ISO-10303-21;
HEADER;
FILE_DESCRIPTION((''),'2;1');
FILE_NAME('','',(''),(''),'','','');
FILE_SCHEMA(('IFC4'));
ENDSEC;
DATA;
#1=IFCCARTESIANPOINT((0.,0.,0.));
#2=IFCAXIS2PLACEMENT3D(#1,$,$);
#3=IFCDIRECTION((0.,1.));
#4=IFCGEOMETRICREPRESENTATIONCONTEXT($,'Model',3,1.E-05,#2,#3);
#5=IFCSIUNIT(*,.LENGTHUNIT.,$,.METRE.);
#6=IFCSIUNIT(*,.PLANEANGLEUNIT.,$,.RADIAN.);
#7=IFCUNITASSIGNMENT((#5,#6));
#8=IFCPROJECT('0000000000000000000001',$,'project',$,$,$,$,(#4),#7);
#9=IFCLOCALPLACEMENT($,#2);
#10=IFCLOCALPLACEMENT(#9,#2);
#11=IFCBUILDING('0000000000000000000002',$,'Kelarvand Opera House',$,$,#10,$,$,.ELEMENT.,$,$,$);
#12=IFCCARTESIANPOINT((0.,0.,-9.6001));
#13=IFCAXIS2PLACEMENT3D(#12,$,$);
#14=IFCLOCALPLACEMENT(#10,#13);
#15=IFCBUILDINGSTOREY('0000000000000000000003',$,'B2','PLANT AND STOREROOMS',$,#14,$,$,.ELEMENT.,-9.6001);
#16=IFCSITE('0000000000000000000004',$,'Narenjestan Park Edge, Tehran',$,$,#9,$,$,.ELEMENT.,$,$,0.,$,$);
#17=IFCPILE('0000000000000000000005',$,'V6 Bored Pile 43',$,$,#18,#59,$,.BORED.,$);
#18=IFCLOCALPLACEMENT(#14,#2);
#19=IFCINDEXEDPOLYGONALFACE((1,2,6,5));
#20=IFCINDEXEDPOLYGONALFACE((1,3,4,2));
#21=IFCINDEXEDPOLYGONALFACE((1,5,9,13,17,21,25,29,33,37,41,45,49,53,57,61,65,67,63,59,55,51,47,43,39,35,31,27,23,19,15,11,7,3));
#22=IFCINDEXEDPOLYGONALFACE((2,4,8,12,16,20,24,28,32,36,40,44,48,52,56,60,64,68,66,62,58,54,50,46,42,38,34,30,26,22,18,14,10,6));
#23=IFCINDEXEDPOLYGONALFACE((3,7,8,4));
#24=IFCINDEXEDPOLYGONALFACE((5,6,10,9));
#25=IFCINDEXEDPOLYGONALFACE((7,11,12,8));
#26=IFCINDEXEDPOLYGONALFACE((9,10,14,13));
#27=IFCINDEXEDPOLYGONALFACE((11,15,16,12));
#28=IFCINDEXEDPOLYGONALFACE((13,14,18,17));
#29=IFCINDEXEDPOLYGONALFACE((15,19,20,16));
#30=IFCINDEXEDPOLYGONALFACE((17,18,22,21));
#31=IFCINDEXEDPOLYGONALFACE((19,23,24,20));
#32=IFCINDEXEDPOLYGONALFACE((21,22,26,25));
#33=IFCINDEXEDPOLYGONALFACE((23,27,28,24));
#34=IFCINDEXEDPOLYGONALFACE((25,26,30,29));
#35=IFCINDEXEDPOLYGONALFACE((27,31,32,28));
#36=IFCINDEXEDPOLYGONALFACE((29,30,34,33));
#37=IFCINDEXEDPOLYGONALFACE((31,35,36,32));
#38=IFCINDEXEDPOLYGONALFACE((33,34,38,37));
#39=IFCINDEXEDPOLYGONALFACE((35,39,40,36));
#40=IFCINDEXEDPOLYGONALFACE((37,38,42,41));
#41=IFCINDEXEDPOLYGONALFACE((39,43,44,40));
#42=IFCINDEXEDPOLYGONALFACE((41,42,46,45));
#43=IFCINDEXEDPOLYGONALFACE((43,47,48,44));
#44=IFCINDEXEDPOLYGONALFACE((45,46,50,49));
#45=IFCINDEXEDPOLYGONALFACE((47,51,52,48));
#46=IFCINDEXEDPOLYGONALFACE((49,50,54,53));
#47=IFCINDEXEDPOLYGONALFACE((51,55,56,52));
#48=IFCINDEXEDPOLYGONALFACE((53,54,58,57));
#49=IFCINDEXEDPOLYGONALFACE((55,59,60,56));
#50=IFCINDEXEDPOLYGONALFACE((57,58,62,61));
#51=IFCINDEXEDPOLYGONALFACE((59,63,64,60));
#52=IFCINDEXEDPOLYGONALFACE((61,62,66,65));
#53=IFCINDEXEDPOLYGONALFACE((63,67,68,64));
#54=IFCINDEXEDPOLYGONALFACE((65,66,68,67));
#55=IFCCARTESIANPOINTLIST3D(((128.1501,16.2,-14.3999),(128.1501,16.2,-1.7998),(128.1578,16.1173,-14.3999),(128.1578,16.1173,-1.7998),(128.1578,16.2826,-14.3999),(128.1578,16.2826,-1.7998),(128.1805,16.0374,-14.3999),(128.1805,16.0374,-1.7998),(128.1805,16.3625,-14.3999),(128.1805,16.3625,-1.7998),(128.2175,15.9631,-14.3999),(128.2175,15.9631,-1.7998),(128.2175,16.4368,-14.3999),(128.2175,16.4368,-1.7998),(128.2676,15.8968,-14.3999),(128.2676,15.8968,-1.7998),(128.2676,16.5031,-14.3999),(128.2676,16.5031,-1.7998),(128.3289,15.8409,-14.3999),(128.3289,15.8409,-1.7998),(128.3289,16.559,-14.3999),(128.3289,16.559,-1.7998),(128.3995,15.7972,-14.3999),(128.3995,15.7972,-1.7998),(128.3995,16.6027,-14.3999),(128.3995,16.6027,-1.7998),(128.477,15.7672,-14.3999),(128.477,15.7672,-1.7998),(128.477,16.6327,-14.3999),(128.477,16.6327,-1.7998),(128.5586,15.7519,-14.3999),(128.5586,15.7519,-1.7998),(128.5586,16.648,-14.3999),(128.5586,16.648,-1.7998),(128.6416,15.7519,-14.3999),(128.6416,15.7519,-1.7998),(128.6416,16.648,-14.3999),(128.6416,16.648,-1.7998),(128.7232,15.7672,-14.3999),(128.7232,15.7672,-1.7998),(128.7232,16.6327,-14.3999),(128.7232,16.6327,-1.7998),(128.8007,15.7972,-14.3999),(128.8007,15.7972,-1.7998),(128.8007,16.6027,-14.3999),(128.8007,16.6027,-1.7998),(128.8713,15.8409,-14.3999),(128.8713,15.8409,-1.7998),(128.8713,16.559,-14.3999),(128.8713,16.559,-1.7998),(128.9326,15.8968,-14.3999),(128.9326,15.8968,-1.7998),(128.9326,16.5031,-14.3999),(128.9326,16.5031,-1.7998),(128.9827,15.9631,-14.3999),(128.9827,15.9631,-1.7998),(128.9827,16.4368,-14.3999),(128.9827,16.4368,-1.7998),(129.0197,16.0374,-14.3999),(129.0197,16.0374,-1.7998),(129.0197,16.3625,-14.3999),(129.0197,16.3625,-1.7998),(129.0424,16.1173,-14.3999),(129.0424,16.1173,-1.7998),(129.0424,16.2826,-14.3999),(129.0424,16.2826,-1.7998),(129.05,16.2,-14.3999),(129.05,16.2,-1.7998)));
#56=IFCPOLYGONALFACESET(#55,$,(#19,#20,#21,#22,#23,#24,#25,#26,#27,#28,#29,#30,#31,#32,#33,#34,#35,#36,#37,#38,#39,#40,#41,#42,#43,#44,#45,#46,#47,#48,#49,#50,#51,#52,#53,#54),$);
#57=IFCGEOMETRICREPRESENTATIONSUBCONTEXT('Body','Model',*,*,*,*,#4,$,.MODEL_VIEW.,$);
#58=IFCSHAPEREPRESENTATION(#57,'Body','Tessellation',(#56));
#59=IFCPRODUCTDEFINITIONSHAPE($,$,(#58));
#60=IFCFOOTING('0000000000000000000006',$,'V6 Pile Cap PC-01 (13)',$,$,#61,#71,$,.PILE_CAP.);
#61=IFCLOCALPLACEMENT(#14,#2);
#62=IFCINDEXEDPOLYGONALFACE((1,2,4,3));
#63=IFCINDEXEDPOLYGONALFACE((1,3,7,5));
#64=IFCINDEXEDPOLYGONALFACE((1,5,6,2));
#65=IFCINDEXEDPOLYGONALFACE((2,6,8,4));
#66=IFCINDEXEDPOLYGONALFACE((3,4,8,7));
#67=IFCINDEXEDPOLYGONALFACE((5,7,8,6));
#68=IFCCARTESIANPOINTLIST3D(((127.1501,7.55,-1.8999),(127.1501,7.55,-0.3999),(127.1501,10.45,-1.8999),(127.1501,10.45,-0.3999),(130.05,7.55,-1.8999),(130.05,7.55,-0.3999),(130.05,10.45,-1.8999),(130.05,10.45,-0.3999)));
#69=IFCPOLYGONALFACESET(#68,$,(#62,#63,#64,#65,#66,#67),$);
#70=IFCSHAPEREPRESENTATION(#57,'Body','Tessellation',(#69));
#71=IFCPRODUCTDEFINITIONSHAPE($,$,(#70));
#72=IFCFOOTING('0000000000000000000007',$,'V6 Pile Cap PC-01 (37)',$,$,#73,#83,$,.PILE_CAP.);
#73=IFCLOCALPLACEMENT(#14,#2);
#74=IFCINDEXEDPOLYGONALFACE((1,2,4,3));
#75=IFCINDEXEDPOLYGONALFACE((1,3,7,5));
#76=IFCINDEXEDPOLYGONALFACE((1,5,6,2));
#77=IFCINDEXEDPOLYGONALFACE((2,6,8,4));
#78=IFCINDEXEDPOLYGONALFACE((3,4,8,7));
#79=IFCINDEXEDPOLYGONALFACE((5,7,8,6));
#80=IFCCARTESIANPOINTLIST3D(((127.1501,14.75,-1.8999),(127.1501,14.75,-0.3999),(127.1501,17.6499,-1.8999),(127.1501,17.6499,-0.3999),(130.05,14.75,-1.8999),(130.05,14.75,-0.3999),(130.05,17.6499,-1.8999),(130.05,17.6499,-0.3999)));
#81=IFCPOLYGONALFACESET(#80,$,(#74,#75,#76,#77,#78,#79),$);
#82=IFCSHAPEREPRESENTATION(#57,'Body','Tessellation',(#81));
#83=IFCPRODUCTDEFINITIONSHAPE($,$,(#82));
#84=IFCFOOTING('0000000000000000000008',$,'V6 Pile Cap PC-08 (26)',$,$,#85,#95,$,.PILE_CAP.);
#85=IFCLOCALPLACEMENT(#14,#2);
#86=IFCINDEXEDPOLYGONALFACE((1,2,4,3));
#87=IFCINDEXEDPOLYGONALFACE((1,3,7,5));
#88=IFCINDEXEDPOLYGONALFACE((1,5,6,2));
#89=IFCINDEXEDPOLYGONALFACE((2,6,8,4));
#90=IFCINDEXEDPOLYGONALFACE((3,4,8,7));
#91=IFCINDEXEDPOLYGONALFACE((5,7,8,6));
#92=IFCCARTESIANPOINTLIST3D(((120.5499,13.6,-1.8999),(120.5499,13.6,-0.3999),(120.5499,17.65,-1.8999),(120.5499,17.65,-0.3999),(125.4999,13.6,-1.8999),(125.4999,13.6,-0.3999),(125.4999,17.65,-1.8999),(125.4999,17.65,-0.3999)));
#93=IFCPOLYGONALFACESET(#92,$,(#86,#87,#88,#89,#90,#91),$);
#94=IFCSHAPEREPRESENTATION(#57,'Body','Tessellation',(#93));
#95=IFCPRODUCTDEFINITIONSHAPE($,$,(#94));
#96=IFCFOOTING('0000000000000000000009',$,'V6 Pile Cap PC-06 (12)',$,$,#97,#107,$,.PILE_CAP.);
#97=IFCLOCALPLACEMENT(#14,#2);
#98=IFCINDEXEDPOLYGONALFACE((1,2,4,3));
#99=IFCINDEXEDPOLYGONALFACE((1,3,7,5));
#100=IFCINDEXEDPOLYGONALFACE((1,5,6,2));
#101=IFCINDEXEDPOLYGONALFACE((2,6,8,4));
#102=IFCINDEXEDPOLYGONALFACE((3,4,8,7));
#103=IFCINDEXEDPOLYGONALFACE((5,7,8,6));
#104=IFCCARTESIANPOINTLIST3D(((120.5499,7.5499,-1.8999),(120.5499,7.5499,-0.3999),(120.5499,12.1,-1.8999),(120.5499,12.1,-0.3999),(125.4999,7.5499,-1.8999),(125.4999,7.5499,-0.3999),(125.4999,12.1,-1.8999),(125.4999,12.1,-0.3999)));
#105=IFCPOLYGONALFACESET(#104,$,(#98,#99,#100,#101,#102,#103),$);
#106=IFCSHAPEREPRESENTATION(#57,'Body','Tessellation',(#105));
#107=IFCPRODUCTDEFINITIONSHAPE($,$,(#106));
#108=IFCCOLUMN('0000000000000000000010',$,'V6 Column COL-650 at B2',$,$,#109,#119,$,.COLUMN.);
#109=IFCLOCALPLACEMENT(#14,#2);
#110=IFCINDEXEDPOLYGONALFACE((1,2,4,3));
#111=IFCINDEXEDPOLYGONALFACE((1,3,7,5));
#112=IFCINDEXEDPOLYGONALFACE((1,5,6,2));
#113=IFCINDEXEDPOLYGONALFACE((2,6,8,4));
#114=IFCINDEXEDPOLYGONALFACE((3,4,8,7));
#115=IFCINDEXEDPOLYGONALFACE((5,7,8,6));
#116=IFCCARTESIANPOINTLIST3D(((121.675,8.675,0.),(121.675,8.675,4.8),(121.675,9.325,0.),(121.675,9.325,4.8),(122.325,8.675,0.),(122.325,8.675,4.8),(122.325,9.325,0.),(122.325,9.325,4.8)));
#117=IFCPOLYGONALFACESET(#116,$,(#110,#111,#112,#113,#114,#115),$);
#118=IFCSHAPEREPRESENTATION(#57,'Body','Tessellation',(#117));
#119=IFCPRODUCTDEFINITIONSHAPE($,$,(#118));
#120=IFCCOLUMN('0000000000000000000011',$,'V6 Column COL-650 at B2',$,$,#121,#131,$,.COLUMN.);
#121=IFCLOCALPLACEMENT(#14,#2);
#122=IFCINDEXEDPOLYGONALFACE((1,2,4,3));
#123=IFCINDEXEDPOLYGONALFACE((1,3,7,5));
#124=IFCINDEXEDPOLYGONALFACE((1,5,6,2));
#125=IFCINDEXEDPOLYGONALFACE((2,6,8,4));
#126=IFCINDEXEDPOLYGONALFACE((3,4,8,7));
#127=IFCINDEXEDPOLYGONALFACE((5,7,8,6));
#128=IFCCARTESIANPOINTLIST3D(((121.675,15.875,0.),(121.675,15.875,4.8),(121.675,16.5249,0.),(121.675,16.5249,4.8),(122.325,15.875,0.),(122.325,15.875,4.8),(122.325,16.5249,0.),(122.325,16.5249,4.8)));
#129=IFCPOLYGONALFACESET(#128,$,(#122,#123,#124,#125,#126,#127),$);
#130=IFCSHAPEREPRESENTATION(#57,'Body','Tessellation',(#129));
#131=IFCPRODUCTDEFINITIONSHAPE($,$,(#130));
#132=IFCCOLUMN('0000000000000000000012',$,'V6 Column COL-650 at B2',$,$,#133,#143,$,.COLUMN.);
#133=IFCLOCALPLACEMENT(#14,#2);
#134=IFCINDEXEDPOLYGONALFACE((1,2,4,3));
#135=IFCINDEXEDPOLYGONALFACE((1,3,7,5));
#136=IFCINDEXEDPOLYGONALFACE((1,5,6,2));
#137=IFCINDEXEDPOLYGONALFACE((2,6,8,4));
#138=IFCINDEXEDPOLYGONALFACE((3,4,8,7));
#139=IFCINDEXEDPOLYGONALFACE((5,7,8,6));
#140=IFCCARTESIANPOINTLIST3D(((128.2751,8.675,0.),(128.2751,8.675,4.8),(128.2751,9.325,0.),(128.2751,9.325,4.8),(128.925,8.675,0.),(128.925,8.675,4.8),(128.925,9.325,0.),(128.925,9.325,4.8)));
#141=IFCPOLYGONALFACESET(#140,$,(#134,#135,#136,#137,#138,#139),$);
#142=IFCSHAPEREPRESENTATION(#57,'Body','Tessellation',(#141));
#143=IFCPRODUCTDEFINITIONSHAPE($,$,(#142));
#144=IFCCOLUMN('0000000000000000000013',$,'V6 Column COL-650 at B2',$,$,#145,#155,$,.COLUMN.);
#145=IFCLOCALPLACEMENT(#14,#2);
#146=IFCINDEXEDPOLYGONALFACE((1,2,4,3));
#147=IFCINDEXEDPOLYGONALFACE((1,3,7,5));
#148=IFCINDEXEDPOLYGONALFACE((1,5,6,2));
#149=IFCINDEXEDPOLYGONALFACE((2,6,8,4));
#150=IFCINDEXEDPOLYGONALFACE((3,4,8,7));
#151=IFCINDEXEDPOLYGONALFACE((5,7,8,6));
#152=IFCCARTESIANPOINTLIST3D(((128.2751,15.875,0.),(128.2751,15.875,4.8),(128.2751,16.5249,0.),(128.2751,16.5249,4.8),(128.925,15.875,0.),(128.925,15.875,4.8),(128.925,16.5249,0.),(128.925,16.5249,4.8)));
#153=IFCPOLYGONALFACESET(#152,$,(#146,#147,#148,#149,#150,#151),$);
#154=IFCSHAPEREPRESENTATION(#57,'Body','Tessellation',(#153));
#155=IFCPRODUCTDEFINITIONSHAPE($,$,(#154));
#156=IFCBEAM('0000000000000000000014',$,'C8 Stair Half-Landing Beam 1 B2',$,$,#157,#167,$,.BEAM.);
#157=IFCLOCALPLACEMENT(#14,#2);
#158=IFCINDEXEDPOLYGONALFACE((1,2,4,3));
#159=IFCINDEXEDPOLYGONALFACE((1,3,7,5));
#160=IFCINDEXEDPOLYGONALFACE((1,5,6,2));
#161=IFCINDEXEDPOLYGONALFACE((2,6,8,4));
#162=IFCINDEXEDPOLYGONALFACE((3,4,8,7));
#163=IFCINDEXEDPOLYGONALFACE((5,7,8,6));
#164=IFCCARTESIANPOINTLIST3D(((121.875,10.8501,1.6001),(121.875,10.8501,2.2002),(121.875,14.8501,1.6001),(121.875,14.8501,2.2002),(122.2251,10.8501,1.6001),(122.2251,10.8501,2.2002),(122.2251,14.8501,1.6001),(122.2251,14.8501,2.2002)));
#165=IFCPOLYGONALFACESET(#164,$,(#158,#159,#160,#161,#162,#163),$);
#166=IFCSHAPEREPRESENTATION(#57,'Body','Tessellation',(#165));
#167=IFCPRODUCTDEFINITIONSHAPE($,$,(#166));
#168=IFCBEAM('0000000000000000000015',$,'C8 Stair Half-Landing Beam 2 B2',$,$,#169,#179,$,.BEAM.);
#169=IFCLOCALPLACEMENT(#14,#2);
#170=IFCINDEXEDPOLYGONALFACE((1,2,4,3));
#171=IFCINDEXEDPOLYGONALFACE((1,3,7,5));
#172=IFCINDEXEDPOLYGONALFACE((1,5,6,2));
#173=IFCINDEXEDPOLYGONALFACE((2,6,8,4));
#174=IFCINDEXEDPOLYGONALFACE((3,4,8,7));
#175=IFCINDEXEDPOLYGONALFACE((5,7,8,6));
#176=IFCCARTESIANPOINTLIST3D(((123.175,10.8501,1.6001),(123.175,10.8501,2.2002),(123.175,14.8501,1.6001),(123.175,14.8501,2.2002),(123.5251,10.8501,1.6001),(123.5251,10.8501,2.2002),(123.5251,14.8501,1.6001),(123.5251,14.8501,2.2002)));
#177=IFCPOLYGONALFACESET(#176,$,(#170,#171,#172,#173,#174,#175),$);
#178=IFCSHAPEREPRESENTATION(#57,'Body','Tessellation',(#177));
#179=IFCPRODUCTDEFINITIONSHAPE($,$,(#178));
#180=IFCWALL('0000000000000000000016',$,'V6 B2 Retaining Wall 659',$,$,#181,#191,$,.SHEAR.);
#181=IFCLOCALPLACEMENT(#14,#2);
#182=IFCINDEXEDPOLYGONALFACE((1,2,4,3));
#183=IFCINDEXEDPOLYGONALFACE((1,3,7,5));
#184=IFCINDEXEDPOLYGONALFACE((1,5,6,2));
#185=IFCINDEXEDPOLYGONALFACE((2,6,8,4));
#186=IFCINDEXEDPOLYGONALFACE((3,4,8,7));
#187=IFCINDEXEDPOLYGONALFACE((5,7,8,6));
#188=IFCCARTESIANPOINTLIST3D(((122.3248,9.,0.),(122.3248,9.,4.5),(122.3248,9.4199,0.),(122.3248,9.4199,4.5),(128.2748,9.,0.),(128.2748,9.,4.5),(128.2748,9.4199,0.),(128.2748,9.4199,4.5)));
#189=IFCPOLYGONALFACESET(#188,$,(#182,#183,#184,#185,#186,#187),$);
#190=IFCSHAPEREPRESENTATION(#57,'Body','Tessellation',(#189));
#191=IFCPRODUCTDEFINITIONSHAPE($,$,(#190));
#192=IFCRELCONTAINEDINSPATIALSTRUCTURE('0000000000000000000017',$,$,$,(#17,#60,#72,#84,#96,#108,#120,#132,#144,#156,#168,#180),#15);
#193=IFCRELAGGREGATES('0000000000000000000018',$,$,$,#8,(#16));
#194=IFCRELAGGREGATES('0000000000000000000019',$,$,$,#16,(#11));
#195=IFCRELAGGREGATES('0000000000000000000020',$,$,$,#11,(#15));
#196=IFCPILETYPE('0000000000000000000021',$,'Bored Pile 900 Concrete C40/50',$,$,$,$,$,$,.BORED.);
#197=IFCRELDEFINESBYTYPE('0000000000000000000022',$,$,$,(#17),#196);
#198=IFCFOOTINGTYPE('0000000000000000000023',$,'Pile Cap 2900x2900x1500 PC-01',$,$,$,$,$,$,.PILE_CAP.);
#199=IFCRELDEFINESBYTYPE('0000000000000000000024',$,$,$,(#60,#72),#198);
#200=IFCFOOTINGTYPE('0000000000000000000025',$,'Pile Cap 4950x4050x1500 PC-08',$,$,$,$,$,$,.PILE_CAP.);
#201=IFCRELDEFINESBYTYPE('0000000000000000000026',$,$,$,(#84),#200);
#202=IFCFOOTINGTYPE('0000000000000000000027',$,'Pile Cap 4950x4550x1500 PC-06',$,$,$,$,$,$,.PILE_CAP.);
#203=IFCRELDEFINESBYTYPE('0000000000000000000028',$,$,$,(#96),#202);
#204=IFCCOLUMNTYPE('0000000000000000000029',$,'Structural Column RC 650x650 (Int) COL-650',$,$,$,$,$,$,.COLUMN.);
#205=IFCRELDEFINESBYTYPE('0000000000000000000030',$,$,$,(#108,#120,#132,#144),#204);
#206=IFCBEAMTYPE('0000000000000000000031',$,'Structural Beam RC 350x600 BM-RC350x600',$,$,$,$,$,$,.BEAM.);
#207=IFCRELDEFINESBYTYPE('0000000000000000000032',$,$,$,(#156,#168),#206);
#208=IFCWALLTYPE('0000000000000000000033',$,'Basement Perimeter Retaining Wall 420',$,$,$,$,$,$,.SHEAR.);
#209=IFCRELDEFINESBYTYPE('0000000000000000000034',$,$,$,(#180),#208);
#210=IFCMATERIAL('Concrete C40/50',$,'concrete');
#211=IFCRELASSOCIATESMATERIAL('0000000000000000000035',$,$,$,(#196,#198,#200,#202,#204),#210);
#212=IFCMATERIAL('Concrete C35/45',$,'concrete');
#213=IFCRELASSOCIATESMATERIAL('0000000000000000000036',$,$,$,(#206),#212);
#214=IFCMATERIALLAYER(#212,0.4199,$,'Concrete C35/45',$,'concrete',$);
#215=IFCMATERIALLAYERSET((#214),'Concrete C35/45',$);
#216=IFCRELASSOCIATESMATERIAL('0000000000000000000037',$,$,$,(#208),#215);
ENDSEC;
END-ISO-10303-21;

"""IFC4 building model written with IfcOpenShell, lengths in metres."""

from ifc_helpers import new_model, si_unit, direction, frame, frame_2d, origin, origin_2d, place, context, subcontext, project, spatial, rectangle, circle, extrude, material, layer, layer_set, material_profile, profile_set, type_object, element, save


model = new_model("IFC4")

# Units and contexts
model_context = context("Model", 3, precision=1e-05, world=origin(), true_north=direction((0.0, 1.0)))
body_context = subcontext(model_context, "Body", "Model", "MODEL_VIEW")
ifc_project = project(units=[si_unit("LENGTHUNIT", "METRE"), si_unit("PLANEANGLEUNIT", "RADIAN")], contexts=[model_context])

# Site, building, storey
site_placement = place(None, origin())
site = spatial("IfcSite", under=ifc_project, at=site_placement, Name="Narenjestan Park Edge, Tehran", CompositionType="ELEMENT", RefElevation=0.0)
building_placement = place(site_placement, origin())
building = spatial("IfcBuilding", under=site, at=building_placement, Name="Kelarvand Opera House", CompositionType="ELEMENT")
storey_placement = place(building_placement, frame((0.0, 0.0, -9.6001)))
storey = spatial("IfcBuildingStorey", under=building, at=storey_placement, Name="B2", Description="PLANT AND STOREROOMS", CompositionType="ELEMENT", Elevation=-9.6001)

# Pile
ifc_material_1 = material(Name="Concrete C40/50", Category="concrete")
ifc_material_profile_1 = material_profile(ifc_material_1, circle(Radius=0.45, at=origin_2d()), Name="BP 900", Category="concrete")
ifc_profile_set_1 = profile_set([ifc_material_profile_1], Name="Concrete C40/50")
pile_type = type_object("IfcPileType", Name="Bored Pile 900 Concrete C40/50", PredefinedType="BORED", material=ifc_profile_set_1)
for number, where, z_axis, x_axis, name in (
    (1, (128.6001, 16.2, -1.7998), (0.0, 0.0, -1.0), (1.0, 0.0, 0.0), "V6 Bored Pile 43"),
):
    element("IfcPile", number, at=place(storey_placement, frame(where, z_axis=z_axis, x_axis=x_axis)), inside=storey, type_object=pile_type, Name=name, PredefinedType="BORED", context=body_context, shape_type="SweptSolid", body=[
        extrude(circle(Radius=0.45, at=origin_2d()), origin(), (0.0, 0.0, 1.0), 12.6001),
    ])

# Footings
footing_type_1 = type_object("IfcFootingType", Name="Pile Cap 2900x2900x1500 PC-01", PredefinedType="PILE_CAP", material=ifc_material_1)
for number, where, z_axis, x_axis, name in (
    (2, (128.6001, 9.0, -1.8999), (0.0, 0.0, 1.0), (1.0, 0.0, 0.0), "V6 Pile Cap PC-01 (13)"),
    (3, (128.6001, 16.2, -1.8999), (0.0, 0.0, 1.0), (1.0, 0.0, 0.0), "V6 Pile Cap PC-01 (37)"),
):
    element("IfcFooting", number, at=place(storey_placement, frame(where, z_axis=z_axis, x_axis=x_axis)), inside=storey, type_object=footing_type_1, Name=name, PredefinedType="PILE_CAP", context=body_context, shape_type="SweptSolid", body=[
        extrude(rectangle(XDim=2.8999, YDim=2.8999, at=origin_2d()), origin(), (0.0, 0.0, 1.0), 1.5),
    ])
footing_type_2 = type_object("IfcFootingType", Name="Pile Cap 4950x4050x1500 PC-08", PredefinedType="PILE_CAP", material=ifc_material_1)
footing_1_placement = place(storey_placement, frame((123.0249, 15.625, -1.8999), z_axis=(0.0, 0.0, 1.0), x_axis=(1.0, 0.0, 0.0)))
element("IfcFooting", 4, at=footing_1_placement, inside=storey, type_object=footing_type_2, Name="V6 Pile Cap PC-08 (26)", PredefinedType="PILE_CAP", context=body_context, shape_type="SweptSolid", body=[
    extrude(rectangle(XDim=4.95, YDim=4.05, at=origin_2d()), origin(), (0.0, 0.0, 1.0), 1.5),
])
footing_type_3 = type_object("IfcFootingType", Name="Pile Cap 4950x4550x1500 PC-06", PredefinedType="PILE_CAP", material=ifc_material_1)
footing_2_placement = place(storey_placement, frame((123.0249, 9.825, -1.8999), z_axis=(0.0, 0.0, 1.0), x_axis=(1.0, 0.0, 0.0)))
element("IfcFooting", 5, at=footing_2_placement, inside=storey, type_object=footing_type_3, Name="V6 Pile Cap PC-06 (12)", PredefinedType="PILE_CAP", context=body_context, shape_type="SweptSolid", body=[
    extrude(rectangle(XDim=4.95, YDim=4.55, at=origin_2d()), origin(), (0.0, 0.0, 1.0), 1.5),
])

# Columns
ifc_material_profile_2 = material_profile(ifc_material_1, rectangle(XDim=0.6499, YDim=0.6499, at=origin_2d()), Name="RC 650x650", Category="concrete")
ifc_profile_set_2 = profile_set([ifc_material_profile_2], Name="Concrete C40/50")
column_type = type_object("IfcColumnType", Name="Structural Column RC 650x650 (Int) COL-650", PredefinedType="COLUMN", material=ifc_profile_set_2)
for number, where, z_axis, x_axis, name in (
    (6, (122.0, 9.0, 0.0), (0.0, 0.0, 1.0), (1.0, 0.0, 0.0), "V6 Column COL-650 at B2"),
    (7, (122.0, 16.2, 0.0), (0.0, 0.0, 1.0), (1.0, 0.0, 0.0), "V6 Column COL-650 at B2"),
    (8, (128.6001, 9.0, 0.0), (0.0, 0.0, 1.0), (1.0, 0.0, 0.0), "V6 Column COL-650 at B2"),
    (9, (128.6001, 16.2, 0.0), (0.0, 0.0, 1.0), (1.0, 0.0, 0.0), "V6 Column COL-650 at B2"),
):
    element("IfcColumn", number, at=place(storey_placement, frame(where, z_axis=z_axis, x_axis=x_axis)), inside=storey, type_object=column_type, Name=name, PredefinedType="COLUMN", context=body_context, shape_type="SweptSolid", body=[
        extrude(rectangle(XDim=0.6499, YDim=0.6499, at=origin_2d()), origin(), (0.0, 0.0, 1.0), 4.8),
    ])

# Beams
ifc_material_2 = material(Name="Concrete C35/45", Category="concrete")
ifc_material_profile_3 = material_profile(ifc_material_2, rectangle(XDim=0.3501, YDim=0.6001, at=origin_2d()), Name="RC 350x600", Category="concrete")
ifc_profile_set_3 = profile_set([ifc_material_profile_3], Name="Concrete C35/45")
beam_type = type_object("IfcBeamType", Name="Structural Beam RC 350x600 BM-RC350x600", PredefinedType="BEAM", material=ifc_profile_set_3)
for number, where, z_axis, x_axis, name in (
    (10, (122.05, 10.8501, 1.9001), (0.0, 1.0, 0.0), (-1.0, 0.0, 0.0), "C8 Stair Half-Landing Beam 1 B2"),
    (11, (123.3501, 10.8501, 1.9001), (0.0, 1.0, 0.0), (-1.0, 0.0, 0.0), "C8 Stair Half-Landing Beam 2 B2"),
):
    element("IfcBeam", number, at=place(storey_placement, frame(where, z_axis=z_axis, x_axis=x_axis)), inside=storey, type_object=beam_type, Name=name, PredefinedType="BEAM", context=body_context, shape_type="SweptSolid", body=[
        extrude(rectangle(XDim=0.3501, YDim=0.6001, at=origin_2d()), origin(), (0.0, 0.0, 1.0), 4.0),
    ])

# Wall
ifc_layer_1 = layer(ifc_material_2, 0.4199, Name="Concrete C35/45", Category="concrete")
ifc_layer_set_1 = layer_set([ifc_layer_1], Name="Concrete C35/45")
wall_type_1 = type_object("IfcWallType", Name="Basement Perimeter Retaining Wall 420", PredefinedType="SHEAR", material=ifc_layer_set_1)
wall_1_placement = place(storey_placement, frame((128.2749, 9.21, 0.0), z_axis=(0.0, 0.0, 1.0), x_axis=(-1.0, 0.0, 0.0)))
element("IfcWall", 12, at=wall_1_placement, inside=storey, type_object=wall_type_1, Name="V6 B2 Retaining Wall 659", PredefinedType="SHEAR", context=body_context, shape_type="SweptSolid", body=[
    extrude(rectangle(XDim=5.95, YDim=0.4199, at=frame_2d((2.9751, 0.0))), origin(), (0.0, 0.0, 1.0), 4.5),
])

save(model, "model.ifc")
